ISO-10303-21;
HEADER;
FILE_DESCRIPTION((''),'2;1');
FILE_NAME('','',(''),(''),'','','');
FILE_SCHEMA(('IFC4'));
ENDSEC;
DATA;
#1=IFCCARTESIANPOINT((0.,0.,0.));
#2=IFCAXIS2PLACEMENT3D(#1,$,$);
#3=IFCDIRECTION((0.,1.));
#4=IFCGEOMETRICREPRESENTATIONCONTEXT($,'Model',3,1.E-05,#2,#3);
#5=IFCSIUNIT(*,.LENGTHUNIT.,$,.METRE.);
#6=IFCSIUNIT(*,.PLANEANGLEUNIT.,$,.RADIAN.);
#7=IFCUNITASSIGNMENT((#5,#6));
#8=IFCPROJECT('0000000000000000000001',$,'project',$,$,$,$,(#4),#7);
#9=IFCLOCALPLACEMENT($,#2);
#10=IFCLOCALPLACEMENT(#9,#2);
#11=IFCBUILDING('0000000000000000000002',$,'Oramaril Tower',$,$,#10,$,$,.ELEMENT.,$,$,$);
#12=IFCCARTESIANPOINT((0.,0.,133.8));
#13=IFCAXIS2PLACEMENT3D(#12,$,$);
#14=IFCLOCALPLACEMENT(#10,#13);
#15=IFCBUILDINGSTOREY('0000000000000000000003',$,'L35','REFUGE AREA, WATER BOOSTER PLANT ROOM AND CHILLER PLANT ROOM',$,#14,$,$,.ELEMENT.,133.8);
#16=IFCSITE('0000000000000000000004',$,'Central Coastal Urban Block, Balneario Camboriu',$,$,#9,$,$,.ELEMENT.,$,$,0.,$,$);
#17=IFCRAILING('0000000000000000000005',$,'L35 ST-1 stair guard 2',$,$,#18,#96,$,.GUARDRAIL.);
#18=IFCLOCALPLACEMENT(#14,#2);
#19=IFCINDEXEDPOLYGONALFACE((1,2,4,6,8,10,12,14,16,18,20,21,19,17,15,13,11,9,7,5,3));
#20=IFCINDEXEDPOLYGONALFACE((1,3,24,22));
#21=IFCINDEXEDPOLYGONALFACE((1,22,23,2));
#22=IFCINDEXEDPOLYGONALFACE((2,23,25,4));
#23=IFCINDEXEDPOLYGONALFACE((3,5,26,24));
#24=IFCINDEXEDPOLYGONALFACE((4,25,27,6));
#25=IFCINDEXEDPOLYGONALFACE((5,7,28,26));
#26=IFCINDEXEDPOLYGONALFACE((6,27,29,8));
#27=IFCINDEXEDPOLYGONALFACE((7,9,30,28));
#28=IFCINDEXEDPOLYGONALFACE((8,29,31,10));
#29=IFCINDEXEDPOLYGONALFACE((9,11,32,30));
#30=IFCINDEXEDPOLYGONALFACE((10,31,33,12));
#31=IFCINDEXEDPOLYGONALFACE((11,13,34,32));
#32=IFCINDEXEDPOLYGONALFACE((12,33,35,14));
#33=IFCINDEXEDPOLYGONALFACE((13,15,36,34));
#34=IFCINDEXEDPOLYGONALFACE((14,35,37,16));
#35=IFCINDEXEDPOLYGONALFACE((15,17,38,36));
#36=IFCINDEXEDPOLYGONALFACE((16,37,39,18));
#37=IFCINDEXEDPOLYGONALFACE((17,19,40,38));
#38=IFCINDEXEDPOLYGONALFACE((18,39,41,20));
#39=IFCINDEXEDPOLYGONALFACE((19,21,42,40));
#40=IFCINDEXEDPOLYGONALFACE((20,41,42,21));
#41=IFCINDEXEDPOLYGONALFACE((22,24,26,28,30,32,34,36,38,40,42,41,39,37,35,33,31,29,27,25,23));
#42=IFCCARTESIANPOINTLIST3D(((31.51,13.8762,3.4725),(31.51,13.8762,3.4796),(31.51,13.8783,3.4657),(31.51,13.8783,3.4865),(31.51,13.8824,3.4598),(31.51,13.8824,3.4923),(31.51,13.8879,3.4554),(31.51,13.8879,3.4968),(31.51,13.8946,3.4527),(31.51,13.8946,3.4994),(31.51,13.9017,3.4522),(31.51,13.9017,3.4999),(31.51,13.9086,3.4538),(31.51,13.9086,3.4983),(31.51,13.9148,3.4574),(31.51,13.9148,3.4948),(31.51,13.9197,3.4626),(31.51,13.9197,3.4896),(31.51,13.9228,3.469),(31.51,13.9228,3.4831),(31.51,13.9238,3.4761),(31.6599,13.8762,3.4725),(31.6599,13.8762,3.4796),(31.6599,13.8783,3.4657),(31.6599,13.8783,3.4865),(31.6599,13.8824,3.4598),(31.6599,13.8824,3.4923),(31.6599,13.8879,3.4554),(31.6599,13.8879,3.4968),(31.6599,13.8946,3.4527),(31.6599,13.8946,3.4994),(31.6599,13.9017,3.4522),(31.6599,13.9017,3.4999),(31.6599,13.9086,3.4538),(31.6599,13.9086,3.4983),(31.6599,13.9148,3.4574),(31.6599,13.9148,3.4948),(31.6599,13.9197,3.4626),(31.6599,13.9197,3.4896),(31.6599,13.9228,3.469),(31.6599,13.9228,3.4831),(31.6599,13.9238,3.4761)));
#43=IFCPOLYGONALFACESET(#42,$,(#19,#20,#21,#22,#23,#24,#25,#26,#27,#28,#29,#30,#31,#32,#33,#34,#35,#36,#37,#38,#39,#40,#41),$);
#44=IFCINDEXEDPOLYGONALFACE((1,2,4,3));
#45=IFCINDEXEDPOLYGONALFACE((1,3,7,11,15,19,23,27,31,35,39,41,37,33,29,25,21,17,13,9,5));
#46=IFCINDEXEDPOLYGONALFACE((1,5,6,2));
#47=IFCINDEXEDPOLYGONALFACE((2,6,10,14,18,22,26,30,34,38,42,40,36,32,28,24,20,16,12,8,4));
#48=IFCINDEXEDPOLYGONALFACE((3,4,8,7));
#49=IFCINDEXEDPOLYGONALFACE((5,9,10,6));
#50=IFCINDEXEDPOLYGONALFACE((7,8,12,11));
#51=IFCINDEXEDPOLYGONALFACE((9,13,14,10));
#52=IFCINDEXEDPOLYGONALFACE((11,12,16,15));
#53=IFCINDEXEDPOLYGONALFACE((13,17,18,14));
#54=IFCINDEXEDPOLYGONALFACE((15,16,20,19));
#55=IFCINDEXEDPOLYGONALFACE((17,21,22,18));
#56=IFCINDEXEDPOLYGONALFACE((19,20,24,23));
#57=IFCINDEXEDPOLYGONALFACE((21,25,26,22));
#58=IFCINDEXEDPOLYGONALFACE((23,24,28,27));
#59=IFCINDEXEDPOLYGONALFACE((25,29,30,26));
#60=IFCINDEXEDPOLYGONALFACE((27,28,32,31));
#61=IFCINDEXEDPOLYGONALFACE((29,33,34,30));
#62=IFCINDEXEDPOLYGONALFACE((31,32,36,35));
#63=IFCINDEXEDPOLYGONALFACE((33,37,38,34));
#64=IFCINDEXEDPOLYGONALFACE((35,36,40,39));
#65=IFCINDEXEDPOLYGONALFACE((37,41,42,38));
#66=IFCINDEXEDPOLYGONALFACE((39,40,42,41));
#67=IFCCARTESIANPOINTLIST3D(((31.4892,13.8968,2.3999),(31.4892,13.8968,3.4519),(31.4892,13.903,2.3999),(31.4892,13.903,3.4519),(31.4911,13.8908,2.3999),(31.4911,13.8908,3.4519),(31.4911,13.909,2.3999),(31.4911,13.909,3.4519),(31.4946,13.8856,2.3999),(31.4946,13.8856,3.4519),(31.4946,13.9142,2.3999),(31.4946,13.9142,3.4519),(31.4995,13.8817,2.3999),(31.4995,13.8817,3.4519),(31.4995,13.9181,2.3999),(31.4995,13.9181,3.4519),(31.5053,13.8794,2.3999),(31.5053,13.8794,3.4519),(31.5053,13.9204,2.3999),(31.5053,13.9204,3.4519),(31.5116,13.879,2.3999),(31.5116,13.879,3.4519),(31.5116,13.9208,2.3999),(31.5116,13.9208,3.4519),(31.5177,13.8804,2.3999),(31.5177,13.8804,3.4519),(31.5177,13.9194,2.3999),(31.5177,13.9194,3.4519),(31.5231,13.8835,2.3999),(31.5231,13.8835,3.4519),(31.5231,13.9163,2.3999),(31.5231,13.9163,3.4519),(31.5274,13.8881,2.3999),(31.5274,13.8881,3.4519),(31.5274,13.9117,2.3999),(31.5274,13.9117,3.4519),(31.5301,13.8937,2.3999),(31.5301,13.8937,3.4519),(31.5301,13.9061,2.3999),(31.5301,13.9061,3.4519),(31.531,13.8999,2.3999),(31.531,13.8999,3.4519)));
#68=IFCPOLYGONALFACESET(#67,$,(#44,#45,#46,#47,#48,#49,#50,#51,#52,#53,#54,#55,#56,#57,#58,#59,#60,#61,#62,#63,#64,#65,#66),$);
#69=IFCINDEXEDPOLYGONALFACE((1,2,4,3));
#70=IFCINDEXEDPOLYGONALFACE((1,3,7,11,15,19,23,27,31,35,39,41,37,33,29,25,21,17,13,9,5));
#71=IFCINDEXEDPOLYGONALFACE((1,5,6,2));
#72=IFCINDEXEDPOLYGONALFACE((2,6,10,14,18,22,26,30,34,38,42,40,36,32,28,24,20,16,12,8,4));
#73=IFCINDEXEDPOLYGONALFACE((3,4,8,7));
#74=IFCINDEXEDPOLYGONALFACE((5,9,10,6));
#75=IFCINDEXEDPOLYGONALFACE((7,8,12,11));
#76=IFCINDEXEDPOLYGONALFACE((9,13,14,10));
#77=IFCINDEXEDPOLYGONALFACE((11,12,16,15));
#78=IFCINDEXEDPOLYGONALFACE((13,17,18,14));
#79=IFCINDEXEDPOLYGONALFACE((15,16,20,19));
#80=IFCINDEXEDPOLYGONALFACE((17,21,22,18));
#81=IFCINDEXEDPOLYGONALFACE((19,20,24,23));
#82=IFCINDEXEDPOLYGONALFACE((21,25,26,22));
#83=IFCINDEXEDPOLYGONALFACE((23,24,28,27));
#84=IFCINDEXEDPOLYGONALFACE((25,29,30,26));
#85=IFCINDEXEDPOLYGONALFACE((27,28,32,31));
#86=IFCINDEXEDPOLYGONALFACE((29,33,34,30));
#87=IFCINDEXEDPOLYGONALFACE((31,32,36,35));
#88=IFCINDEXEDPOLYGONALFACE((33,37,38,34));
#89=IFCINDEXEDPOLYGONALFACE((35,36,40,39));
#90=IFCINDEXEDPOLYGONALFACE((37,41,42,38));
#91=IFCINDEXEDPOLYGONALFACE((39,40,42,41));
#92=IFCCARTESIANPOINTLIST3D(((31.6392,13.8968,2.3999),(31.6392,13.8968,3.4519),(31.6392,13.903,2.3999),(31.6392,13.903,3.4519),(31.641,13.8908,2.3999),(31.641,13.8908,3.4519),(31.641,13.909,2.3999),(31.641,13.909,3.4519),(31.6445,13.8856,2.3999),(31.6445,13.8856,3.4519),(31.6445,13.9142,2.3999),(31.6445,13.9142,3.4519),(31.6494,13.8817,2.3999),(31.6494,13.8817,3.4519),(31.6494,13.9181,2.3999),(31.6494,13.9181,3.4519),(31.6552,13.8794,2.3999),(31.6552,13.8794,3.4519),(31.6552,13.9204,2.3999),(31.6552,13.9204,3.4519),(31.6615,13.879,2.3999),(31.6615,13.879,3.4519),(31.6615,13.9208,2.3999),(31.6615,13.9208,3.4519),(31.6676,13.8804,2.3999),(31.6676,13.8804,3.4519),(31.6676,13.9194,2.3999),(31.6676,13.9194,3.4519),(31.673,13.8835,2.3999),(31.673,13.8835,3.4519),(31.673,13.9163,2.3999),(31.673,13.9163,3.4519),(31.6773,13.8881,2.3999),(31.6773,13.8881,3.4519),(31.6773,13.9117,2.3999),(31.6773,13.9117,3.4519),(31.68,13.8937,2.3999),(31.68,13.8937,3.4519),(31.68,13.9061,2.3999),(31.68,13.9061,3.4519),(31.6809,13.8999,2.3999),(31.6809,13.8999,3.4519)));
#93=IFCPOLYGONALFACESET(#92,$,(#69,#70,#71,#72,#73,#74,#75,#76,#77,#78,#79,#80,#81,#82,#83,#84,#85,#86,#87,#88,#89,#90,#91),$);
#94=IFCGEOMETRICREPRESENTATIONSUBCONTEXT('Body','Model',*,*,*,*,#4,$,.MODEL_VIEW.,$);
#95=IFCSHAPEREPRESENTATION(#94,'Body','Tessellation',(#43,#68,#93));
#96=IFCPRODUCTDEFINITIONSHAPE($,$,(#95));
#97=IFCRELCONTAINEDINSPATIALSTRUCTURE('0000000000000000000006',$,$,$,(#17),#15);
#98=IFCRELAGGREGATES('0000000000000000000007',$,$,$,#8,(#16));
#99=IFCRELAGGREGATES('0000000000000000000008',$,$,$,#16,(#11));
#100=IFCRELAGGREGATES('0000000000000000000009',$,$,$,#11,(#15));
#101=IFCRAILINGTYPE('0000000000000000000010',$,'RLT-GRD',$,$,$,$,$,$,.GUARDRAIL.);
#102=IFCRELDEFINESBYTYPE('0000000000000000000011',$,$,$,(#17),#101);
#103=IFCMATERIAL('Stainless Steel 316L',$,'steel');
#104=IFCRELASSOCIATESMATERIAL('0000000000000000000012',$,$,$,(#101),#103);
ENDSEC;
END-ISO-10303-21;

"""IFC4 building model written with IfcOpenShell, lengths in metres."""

from ifc_helpers import new_model, si_unit, direction, frame, origin, origin_2d, place, context, subcontext, project, spatial, circle, extrude, material, type_object, element, save


model = new_model("IFC4")

# Units and contexts
model_context = context("Model", 3, precision=1e-05, world=origin(), true_north=direction((0.0, 1.0)))
body_context = subcontext(model_context, "Body", "Model", "MODEL_VIEW")
ifc_project = project(units=[si_unit("LENGTHUNIT", "METRE"), si_unit("PLANEANGLEUNIT", "RADIAN")], contexts=[model_context])

# Site, building, storey
site_placement = place(None, origin())
site = spatial("IfcSite", under=ifc_project, at=site_placement, Name="Central Coastal Urban Block, Balneario Camboriu", CompositionType="ELEMENT", RefElevation=0.0)
building_placement = place(site_placement, origin())
building = spatial("IfcBuilding", under=site, at=building_placement, Name="Oramaril Tower", CompositionType="ELEMENT")
storey_placement = place(building_placement, frame((0.0, 0.0, 133.8)))
storey = spatial("IfcBuildingStorey", under=building, at=storey_placement, Name="L35", Description="REFUGE AREA, WATER BOOSTER PLANT ROOM AND CHILLER PLANT ROOM", CompositionType="ELEMENT", Elevation=133.8)

# Railing
ifc_material_1 = material(Name="Stainless Steel 316L", Category="steel")
railing_type_1 = type_object("IfcRailingType", Name="RLT-GRD", PredefinedType="GUARDRAIL", material=ifc_material_1)
railing_1_placement = place(storey_placement, frame((31.51, 13.8999, 2.3999)))
element("IfcRailing", 1, at=railing_1_placement, inside=storey, type_object=railing_type_1, Name="L35 ST-1 stair guard 2", PredefinedType="GUARDRAIL", context=body_context, shape_type="SweptSolid", body=[
    extrude(circle(Radius=0.0239, at=origin_2d()), frame((0.0, 0.0, 1.0762), z_axis=(1.0, 0.0, 0.0), x_axis=(0.0, 1.0, 0.0)), (0.0, 0.0, 1.0), 0.1499),
    extrude(circle(Radius=0.021, at=origin_2d()), origin(), (0.0, 0.0, 1.0), 1.052),
    extrude(circle(Radius=0.021, at=origin_2d()), frame((0.1499, 0.0, 0.0)), (0.0, 0.0, 1.0), 1.052),
])

save(model, "model.ifc")
